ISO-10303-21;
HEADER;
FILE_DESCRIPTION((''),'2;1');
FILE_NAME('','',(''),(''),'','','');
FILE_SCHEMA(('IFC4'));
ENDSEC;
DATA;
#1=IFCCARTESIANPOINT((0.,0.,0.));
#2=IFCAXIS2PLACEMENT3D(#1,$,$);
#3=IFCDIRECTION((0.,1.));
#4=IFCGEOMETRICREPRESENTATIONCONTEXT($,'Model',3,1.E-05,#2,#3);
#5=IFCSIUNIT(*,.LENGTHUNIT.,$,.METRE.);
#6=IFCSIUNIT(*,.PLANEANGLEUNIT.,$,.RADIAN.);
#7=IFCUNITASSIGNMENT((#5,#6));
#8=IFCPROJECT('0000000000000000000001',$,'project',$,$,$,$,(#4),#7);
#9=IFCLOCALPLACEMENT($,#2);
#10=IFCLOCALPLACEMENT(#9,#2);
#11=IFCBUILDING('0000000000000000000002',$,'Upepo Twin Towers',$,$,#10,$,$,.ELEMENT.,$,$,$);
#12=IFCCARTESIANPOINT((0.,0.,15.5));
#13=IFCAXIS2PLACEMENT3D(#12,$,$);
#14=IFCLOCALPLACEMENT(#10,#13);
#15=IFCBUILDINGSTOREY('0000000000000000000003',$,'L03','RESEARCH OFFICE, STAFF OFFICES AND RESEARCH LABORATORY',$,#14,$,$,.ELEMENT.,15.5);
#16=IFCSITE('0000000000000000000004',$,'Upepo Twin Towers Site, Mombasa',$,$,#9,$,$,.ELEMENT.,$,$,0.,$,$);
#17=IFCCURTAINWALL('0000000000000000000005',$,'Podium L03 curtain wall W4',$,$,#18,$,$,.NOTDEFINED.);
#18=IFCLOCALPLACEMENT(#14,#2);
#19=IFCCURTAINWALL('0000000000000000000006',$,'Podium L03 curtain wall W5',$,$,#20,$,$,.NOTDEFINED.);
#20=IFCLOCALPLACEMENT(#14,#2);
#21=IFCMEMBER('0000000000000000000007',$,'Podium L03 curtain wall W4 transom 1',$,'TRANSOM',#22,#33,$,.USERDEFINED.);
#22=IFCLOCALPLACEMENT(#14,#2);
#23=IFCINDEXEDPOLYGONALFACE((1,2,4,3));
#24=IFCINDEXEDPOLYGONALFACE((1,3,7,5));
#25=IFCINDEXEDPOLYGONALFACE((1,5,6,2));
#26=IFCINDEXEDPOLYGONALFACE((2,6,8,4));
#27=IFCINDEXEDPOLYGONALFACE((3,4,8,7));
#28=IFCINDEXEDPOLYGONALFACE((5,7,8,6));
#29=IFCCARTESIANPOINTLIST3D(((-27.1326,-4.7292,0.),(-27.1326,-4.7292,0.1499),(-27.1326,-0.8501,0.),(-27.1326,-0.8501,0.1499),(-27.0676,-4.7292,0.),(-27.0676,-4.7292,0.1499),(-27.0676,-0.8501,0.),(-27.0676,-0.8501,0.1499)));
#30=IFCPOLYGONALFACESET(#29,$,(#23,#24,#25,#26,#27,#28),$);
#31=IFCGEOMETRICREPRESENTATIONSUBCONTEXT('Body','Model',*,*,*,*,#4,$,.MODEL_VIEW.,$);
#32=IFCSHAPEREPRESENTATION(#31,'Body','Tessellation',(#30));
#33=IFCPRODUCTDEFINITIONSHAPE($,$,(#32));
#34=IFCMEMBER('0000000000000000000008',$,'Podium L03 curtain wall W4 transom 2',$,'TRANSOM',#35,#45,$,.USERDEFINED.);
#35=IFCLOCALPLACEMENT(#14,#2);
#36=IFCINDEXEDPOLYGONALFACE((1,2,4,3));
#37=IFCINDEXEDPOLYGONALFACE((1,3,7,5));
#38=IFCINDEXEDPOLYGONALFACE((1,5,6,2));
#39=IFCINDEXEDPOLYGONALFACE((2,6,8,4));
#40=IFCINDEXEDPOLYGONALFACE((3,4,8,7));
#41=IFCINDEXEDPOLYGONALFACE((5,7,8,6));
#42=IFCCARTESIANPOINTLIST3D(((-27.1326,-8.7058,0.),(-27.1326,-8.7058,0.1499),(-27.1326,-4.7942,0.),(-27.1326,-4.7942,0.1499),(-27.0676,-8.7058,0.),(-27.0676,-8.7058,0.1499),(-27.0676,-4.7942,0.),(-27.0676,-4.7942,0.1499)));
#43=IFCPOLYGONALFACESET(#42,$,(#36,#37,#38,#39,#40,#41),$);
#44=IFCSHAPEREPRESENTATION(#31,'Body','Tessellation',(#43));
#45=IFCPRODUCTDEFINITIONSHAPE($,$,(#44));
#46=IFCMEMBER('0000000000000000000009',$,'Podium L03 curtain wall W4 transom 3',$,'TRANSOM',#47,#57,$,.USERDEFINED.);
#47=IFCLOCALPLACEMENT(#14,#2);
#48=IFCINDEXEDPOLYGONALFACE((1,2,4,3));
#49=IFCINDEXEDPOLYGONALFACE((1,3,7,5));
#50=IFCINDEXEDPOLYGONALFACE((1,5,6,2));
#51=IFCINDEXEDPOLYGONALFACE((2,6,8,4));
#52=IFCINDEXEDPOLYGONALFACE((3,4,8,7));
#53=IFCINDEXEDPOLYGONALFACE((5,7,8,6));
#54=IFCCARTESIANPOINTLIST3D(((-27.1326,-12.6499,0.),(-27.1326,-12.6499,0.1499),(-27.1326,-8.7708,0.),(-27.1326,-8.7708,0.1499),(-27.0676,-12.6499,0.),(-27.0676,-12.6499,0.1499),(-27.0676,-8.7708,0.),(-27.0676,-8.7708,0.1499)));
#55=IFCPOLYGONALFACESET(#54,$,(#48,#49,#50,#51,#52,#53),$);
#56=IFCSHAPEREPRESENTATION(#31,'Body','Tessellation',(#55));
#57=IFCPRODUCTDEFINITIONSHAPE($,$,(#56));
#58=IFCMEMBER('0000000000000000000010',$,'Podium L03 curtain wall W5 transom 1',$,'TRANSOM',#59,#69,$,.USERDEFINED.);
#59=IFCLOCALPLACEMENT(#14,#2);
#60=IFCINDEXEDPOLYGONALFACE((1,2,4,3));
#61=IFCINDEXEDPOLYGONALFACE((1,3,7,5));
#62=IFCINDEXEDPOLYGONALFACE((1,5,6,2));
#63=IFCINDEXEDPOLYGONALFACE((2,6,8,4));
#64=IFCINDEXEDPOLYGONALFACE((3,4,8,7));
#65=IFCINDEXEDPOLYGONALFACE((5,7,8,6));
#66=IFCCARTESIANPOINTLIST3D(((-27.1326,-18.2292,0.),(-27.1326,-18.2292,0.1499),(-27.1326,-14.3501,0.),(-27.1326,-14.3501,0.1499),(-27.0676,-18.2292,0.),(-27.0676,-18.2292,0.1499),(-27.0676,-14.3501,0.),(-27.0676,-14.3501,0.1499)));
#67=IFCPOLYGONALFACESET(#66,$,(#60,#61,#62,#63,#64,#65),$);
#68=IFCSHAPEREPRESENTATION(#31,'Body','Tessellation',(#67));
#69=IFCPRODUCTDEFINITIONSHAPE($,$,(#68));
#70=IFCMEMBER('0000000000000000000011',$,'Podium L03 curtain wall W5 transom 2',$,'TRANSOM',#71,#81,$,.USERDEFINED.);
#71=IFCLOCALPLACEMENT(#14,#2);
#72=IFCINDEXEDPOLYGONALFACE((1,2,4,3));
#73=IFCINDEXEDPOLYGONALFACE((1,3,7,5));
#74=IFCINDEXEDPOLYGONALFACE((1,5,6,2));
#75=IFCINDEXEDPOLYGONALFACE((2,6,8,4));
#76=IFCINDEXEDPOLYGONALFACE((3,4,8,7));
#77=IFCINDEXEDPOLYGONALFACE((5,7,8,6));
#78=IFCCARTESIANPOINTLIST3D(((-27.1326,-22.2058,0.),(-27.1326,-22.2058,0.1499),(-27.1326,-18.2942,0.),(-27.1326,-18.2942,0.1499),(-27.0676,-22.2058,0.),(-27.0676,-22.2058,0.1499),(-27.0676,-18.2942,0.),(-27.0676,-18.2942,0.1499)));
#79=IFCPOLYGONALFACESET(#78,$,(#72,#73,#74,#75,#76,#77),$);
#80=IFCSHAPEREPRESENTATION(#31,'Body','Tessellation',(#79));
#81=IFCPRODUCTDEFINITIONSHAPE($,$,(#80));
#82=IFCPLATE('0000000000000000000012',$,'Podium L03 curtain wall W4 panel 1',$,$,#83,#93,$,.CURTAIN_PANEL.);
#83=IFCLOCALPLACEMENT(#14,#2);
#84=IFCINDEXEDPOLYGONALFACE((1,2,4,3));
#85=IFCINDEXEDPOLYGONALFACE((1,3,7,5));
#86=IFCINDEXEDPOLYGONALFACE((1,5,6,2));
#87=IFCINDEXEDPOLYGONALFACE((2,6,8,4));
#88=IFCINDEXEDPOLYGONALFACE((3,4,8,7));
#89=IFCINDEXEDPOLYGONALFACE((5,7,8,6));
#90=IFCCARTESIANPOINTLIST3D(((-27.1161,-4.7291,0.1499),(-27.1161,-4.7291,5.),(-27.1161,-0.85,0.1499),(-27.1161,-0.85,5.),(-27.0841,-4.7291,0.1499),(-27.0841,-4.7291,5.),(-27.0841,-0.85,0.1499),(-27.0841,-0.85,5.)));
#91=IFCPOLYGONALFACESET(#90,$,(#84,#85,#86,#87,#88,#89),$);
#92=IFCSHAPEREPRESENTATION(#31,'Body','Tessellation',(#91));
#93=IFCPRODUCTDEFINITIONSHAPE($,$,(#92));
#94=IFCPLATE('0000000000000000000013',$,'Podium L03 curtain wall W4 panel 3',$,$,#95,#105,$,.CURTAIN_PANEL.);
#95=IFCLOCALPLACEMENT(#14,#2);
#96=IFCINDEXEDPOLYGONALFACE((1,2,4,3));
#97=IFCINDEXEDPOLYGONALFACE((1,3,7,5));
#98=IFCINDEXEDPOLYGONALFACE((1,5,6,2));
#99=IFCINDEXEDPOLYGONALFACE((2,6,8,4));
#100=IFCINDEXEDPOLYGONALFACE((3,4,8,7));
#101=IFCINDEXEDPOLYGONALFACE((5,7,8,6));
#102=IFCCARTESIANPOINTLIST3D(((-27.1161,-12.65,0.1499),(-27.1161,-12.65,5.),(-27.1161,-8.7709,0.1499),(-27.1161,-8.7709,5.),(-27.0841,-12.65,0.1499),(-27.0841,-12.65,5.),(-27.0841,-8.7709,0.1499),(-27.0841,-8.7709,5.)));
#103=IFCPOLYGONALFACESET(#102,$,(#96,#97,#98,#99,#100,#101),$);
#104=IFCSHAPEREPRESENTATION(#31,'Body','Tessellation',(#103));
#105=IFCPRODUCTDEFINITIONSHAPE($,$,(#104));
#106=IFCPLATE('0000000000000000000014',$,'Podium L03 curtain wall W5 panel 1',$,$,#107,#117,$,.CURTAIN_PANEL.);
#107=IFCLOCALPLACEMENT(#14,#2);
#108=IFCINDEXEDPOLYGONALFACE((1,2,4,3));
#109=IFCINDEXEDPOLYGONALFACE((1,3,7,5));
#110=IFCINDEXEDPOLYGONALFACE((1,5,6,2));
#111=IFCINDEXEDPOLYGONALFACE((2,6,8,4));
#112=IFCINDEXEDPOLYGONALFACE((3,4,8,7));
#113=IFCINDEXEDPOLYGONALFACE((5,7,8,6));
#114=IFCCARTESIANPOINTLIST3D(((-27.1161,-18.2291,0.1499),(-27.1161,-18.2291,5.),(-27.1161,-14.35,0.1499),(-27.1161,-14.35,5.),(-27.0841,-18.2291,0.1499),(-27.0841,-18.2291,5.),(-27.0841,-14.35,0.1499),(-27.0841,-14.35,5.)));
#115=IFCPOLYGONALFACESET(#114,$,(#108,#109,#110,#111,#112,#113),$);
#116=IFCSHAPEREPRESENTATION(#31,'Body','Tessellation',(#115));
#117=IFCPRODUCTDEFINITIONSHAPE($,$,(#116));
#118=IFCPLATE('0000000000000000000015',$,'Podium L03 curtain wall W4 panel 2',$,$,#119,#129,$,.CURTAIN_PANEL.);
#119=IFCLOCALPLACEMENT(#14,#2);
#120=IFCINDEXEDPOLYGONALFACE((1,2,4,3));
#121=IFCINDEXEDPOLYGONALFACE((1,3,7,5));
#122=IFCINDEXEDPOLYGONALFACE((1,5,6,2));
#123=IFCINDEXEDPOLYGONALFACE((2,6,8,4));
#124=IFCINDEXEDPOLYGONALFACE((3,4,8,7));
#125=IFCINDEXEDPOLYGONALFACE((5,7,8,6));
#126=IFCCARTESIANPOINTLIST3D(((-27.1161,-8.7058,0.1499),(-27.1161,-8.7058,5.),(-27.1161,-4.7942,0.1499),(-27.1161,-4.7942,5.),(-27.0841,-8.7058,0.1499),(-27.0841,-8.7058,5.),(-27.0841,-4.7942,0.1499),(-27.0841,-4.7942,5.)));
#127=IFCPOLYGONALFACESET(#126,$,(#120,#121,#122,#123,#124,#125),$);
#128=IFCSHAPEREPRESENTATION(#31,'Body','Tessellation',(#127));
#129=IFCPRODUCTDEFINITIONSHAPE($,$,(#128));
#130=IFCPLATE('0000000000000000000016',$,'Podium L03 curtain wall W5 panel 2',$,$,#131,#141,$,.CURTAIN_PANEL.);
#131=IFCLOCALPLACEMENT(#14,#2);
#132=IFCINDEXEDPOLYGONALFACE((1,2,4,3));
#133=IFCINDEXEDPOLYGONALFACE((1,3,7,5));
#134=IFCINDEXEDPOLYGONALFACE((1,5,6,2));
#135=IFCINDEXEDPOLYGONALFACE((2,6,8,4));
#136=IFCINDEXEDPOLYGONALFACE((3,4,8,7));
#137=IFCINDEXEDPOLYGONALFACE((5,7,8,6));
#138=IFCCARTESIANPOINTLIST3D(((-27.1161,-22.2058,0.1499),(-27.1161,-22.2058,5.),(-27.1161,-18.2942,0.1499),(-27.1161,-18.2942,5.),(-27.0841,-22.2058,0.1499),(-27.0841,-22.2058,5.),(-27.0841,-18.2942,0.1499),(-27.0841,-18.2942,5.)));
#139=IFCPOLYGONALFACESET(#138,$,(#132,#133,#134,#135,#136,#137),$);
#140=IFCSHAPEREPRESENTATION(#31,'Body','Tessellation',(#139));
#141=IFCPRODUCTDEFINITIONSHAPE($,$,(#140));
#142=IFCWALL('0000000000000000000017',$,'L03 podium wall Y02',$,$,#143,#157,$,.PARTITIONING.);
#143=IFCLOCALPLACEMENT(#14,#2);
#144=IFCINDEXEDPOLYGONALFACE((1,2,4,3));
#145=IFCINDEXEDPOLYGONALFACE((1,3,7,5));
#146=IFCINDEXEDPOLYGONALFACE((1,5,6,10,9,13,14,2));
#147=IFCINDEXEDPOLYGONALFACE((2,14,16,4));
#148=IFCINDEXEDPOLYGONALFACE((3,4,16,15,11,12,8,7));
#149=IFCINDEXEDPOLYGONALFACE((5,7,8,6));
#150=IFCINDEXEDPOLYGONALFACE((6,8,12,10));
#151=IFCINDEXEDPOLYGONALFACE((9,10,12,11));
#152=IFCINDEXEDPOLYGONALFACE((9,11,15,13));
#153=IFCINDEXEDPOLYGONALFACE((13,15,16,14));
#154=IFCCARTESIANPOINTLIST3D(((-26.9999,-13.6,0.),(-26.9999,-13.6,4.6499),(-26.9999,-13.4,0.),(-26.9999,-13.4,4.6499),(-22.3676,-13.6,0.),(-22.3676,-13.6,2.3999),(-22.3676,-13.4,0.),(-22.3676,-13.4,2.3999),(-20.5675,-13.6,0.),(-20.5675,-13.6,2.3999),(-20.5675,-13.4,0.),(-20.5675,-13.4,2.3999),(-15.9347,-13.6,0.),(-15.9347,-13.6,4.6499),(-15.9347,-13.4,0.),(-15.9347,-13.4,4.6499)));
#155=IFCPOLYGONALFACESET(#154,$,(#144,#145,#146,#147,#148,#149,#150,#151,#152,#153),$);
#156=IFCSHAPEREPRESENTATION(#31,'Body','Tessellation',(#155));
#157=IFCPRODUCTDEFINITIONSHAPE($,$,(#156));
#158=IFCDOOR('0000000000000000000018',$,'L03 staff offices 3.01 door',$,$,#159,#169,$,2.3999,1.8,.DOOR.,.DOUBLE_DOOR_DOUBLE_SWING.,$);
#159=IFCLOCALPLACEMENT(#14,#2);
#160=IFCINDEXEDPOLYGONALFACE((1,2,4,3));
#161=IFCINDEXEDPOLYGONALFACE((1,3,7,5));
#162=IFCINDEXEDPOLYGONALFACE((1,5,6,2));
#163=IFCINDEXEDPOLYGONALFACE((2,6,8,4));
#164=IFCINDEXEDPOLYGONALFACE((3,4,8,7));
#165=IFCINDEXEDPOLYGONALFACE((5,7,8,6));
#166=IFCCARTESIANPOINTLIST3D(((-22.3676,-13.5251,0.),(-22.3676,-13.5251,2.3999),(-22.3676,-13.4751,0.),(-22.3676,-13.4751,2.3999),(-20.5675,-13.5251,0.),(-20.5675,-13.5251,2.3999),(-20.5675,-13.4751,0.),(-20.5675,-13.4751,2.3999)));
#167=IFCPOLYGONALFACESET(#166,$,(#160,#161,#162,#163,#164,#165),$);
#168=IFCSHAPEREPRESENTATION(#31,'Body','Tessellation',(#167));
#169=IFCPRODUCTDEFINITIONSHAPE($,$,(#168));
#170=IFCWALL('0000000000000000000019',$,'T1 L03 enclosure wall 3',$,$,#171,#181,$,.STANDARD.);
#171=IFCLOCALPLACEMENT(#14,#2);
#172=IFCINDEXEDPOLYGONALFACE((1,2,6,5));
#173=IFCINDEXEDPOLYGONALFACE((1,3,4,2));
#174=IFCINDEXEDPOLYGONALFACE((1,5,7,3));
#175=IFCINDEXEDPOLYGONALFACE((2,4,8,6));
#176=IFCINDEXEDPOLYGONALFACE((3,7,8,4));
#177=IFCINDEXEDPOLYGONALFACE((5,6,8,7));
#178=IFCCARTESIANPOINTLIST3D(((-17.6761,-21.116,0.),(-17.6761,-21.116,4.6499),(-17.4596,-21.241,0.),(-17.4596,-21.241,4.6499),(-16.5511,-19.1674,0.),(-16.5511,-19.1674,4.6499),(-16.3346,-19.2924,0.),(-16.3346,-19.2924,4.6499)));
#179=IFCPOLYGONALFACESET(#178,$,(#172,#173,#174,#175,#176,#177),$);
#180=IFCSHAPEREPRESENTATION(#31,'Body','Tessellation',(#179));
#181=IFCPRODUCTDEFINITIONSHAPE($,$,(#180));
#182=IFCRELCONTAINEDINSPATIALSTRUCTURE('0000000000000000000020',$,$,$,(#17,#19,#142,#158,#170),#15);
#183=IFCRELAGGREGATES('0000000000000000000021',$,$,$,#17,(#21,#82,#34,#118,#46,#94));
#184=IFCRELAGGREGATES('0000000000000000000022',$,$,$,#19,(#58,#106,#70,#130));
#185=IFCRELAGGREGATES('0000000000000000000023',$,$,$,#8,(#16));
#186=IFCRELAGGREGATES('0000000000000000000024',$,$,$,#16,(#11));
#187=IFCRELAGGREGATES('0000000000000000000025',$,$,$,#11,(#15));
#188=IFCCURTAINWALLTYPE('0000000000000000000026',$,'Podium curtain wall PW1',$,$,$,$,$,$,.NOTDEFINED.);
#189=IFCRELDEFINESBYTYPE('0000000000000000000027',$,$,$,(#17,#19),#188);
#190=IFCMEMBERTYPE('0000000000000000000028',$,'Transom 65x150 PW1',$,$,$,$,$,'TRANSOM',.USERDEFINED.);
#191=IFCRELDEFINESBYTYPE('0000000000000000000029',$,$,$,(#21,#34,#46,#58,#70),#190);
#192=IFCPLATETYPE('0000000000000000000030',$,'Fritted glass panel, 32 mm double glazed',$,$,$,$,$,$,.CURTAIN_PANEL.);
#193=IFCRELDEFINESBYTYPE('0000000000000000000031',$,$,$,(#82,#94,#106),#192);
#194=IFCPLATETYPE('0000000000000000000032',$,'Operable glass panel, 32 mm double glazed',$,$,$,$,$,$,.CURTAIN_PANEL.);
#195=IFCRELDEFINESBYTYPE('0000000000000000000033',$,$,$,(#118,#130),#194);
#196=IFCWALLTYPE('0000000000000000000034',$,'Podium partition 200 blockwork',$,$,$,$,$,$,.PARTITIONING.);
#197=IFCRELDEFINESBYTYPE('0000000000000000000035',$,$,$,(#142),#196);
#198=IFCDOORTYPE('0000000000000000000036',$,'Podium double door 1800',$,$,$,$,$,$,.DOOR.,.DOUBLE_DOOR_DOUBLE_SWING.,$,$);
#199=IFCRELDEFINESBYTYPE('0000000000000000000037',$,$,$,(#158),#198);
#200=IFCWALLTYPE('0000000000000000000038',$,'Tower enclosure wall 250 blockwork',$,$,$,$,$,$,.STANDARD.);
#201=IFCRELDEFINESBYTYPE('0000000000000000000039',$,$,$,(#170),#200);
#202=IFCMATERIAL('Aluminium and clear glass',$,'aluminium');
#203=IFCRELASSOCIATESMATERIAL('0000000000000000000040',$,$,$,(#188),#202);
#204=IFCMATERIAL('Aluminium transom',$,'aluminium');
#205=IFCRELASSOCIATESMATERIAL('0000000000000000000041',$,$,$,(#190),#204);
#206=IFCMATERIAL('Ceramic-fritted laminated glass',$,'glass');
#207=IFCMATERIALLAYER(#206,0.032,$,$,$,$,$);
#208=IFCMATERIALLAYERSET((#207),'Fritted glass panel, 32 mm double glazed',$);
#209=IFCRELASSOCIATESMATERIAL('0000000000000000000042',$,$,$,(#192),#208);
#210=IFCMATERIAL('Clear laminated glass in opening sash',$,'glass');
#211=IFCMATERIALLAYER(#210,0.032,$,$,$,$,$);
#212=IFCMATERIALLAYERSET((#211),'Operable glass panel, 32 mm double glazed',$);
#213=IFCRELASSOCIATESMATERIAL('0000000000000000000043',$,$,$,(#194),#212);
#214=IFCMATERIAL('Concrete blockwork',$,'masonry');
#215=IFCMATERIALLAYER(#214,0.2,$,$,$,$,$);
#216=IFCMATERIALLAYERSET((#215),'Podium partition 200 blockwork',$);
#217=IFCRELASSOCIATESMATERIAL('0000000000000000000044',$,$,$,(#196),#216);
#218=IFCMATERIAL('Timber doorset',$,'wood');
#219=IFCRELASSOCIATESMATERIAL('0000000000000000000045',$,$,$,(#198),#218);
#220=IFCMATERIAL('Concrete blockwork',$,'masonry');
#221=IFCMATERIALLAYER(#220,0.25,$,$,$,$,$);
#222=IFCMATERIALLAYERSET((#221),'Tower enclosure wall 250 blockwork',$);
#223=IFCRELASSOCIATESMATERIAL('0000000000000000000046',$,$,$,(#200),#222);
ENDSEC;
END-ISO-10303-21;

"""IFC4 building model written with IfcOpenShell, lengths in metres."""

from ifc_helpers import new_model, si_unit, direction, frame, frame_2d, origin, origin_2d, place, context, subcontext, project, spatial, rectangle, extrude, material, layer, layer_set, material_profile, profile_set, type_object, element, fill, aggregate, save


model = new_model("IFC4")

# Units and contexts
model_context = context("Model", 3, precision=1e-05, world=origin(), true_north=direction((0.0, 1.0)))
body_context = subcontext(model_context, "Body", "Model", "MODEL_VIEW")
ifc_project = project(units=[si_unit("LENGTHUNIT", "METRE"), si_unit("PLANEANGLEUNIT", "RADIAN")], contexts=[model_context])

# Site, building, storey
site_placement = place(None, origin())
site = spatial("IfcSite", under=ifc_project, at=site_placement, Name="Upepo Twin Towers Site, Mombasa", CompositionType="ELEMENT", RefElevation=0.0)
building_placement = place(site_placement, origin())
building = spatial("IfcBuilding", under=site, at=building_placement, Name="Upepo Twin Towers", CompositionType="ELEMENT")
storey_placement = place(building_placement, frame((0.0, 0.0, 15.5)))
storey = spatial("IfcBuildingStorey", under=building, at=storey_placement, Name="L03", Description="RESEARCH OFFICE, STAFF OFFICES AND RESEARCH LABORATORY", CompositionType="ELEMENT", Elevation=15.5)

# Curtain walls
ifc_material_1 = material(Name="Aluminium and clear glass", Category="aluminium")
curtain_wall_type = type_object("IfcCurtainWallType", Name="Podium curtain wall PW1", PredefinedType="NOTDEFINED", material=ifc_material_1)
curtain_wall_1_placement = place(storey_placement, origin())
curtain_wall_1 = element("IfcCurtainWall", 1, at=curtain_wall_1_placement, inside=storey, type_object=curtain_wall_type, Name="Podium L03 curtain wall W4", PredefinedType="NOTDEFINED")
curtain_wall_2_placement = place(storey_placement, origin())
curtain_wall_2 = element("IfcCurtainWall", 2, at=curtain_wall_2_placement, inside=storey, type_object=curtain_wall_type, Name="Podium L03 curtain wall W5", PredefinedType="NOTDEFINED")

# Members
ifc_material_2 = material(Name="Aluminium transom", Category="aluminium")
ifc_material_profile_1 = material_profile(ifc_material_2, rectangle(XDim=0.0649, YDim=0.1499, at=origin_2d()), Name="TRANSOM 65x150 PODIUM")
ifc_profile_set_1 = profile_set([ifc_material_profile_1], Name="Aluminium transom")
member_type_1 = type_object("IfcMemberType", Name="Transom 65x150 PW1", ElementType="TRANSOM", PredefinedType="USERDEFINED", material=ifc_profile_set_1)
member_1_placement = place(storey_placement, frame((-27.1001, -0.8501, 0.075), z_axis=(0.0, -1.0, 0.0), x_axis=(1.0, 0.0, 0.0)))
member_1 = element("IfcMember", 3, at=member_1_placement, type_object=member_type_1, Name="Podium L03 curtain wall W4 transom 1", ObjectType="TRANSOM", PredefinedType="USERDEFINED", context=body_context, shape_type="SweptSolid", body=[
    extrude(rectangle(XDim=0.0649, YDim=0.1499, at=origin_2d()), origin(), (0.0, 0.0, 1.0), 3.8792),
])
member_2_placement = place(storey_placement, frame((-27.1001, -4.7942, 0.075), z_axis=(0.0, -1.0, 0.0), x_axis=(1.0, 0.0, 0.0)))
member_2 = element("IfcMember", 4, at=member_2_placement, type_object=member_type_1, Name="Podium L03 curtain wall W4 transom 2", ObjectType="TRANSOM", PredefinedType="USERDEFINED", context=body_context, shape_type="SweptSolid", body=[
    extrude(rectangle(XDim=0.0649, YDim=0.1499, at=origin_2d()), origin(), (0.0, 0.0, 1.0), 3.9116),
])
member_3_placement = place(storey_placement, frame((-27.1001, -8.7708, 0.075), z_axis=(0.0, -1.0, 0.0), x_axis=(1.0, 0.0, 0.0)))
member_3 = element("IfcMember", 5, at=member_3_placement, type_object=member_type_1, Name="Podium L03 curtain wall W4 transom 3", ObjectType="TRANSOM", PredefinedType="USERDEFINED", context=body_context, shape_type="SweptSolid", body=[
    extrude(rectangle(XDim=0.0649, YDim=0.1499, at=origin_2d()), origin(), (0.0, 0.0, 1.0), 3.8792),
])
member_4_placement = place(storey_placement, frame((-27.1001, -14.3501, 0.075), z_axis=(0.0, -1.0, 0.0), x_axis=(1.0, 0.0, 0.0)))
member_4 = element("IfcMember", 6, at=member_4_placement, type_object=member_type_1, Name="Podium L03 curtain wall W5 transom 1", ObjectType="TRANSOM", PredefinedType="USERDEFINED", context=body_context, shape_type="SweptSolid", body=[
    extrude(rectangle(XDim=0.0649, YDim=0.1499, at=origin_2d()), origin(), (0.0, 0.0, 1.0), 3.8792),
])
member_5_placement = place(storey_placement, frame((-27.1001, -18.2942, 0.075), z_axis=(0.0, -1.0, 0.0), x_axis=(1.0, 0.0, 0.0)))
member_5 = element("IfcMember", 7, at=member_5_placement, type_object=member_type_1, Name="Podium L03 curtain wall W5 transom 2", ObjectType="TRANSOM", PredefinedType="USERDEFINED", context=body_context, shape_type="SweptSolid", body=[
    extrude(rectangle(XDim=0.0649, YDim=0.1499, at=origin_2d()), origin(), (0.0, 0.0, 1.0), 3.9116),
])

# Plates
ifc_material_3 = material(Name="Ceramic-fritted laminated glass", Category="glass")
ifc_layer_1 = layer(ifc_material_3, 0.032)
ifc_layer_set_1 = layer_set([ifc_layer_1], Name="Fritted glass panel, 32 mm double glazed")
plate_type_1 = type_object("IfcPlateType", Name="Fritted glass panel, 32 mm double glazed", PredefinedType="CURTAIN_PANEL", material=ifc_layer_set_1)
plate_1_placement = place(storey_placement, frame((-27.1001, -2.7896, 0.1499), z_axis=(0.0, 0.0, 1.0), x_axis=(0.0, -1.0, 0.0)))
plate_1 = element("IfcPlate", 8, at=plate_1_placement, type_object=plate_type_1, Name="Podium L03 curtain wall W4 panel 1", PredefinedType="CURTAIN_PANEL", context=body_context, shape_type="SweptSolid", body=[
    extrude(rectangle(XDim=3.8792, YDim=0.032, at=origin_2d()), origin(), (0.0, 0.0, 1.0), 4.8501),
])
plate_2_placement = place(storey_placement, frame((-27.1001, -10.7104, 0.1499), z_axis=(0.0, 0.0, 1.0), x_axis=(0.0, -1.0, 0.0)))
plate_2 = element("IfcPlate", 9, at=plate_2_placement, type_object=plate_type_1, Name="Podium L03 curtain wall W4 panel 3", PredefinedType="CURTAIN_PANEL", context=body_context, shape_type="SweptSolid", body=[
    extrude(rectangle(XDim=3.8792, YDim=0.032, at=origin_2d()), origin(), (0.0, 0.0, 1.0), 4.8501),
])
plate_3_placement = place(storey_placement, frame((-27.1001, -16.2896, 0.1499), z_axis=(0.0, 0.0, 1.0), x_axis=(0.0, -1.0, 0.0)))
plate_3 = element("IfcPlate", 10, at=plate_3_placement, type_object=plate_type_1, Name="Podium L03 curtain wall W5 panel 1", PredefinedType="CURTAIN_PANEL", context=body_context, shape_type="SweptSolid", body=[
    extrude(rectangle(XDim=3.8792, YDim=0.032, at=origin_2d()), origin(), (0.0, 0.0, 1.0), 4.8501),
])
ifc_material_4 = material(Name="Clear laminated glass in opening sash", Category="glass")
ifc_layer_2 = layer(ifc_material_4, 0.032)
ifc_layer_set_2 = layer_set([ifc_layer_2], Name="Operable glass panel, 32 mm double glazed")
plate_type_2 = type_object("IfcPlateType", Name="Operable glass panel, 32 mm double glazed", PredefinedType="CURTAIN_PANEL", material=ifc_layer_set_2)
plate_4_placement = place(storey_placement, frame((-27.1001, -6.75, 0.1499), z_axis=(0.0, 0.0, 1.0), x_axis=(0.0, -1.0, 0.0)))
plate_4 = element("IfcPlate", 11, at=plate_4_placement, type_object=plate_type_2, Name="Podium L03 curtain wall W4 panel 2", PredefinedType="CURTAIN_PANEL", context=body_context, shape_type="SweptSolid", body=[
    extrude(rectangle(XDim=3.9116, YDim=0.032, at=origin_2d()), origin(), (0.0, 0.0, 1.0), 4.8501),
])
aggregate(curtain_wall_1, [member_1, plate_1, member_2, plate_4, member_3, plate_2])
plate_5_placement = place(storey_placement, frame((-27.1001, -20.25, 0.1499), z_axis=(0.0, 0.0, 1.0), x_axis=(0.0, -1.0, 0.0)))
plate_5 = element("IfcPlate", 12, at=plate_5_placement, type_object=plate_type_2, Name="Podium L03 curtain wall W5 panel 2", PredefinedType="CURTAIN_PANEL", context=body_context, shape_type="SweptSolid", body=[
    extrude(rectangle(XDim=3.9116, YDim=0.032, at=origin_2d()), origin(), (0.0, 0.0, 1.0), 4.8501),
])
aggregate(curtain_wall_2, [member_4, plate_3, member_5, plate_5])

# Wall, opening, door
ifc_material_5 = material(Name="Concrete blockwork", Category="masonry")
ifc_layer_3 = layer(ifc_material_5, 0.2)
ifc_layer_set_3 = layer_set([ifc_layer_3], Name="Podium partition 200 blockwork")
wall_type_1 = type_object("IfcWallType", Name="Podium partition 200 blockwork", PredefinedType="PARTITIONING", material=ifc_layer_set_3)
wall_1_placement = place(storey_placement, frame((-27.0, -13.5, 0.0), z_axis=(0.0, 0.0, 1.0), x_axis=(1.0, 0.0, 0.0)))
wall_1 = element("IfcWall", 13, at=wall_1_placement, inside=storey, type_object=wall_type_1, Name="L03 podium wall Y02", PredefinedType="PARTITIONING", context=body_context, shape_type="SweptSolid", body=[
    extrude(rectangle(XDim=11.0652, YDim=0.2, at=frame_2d((5.5327, 0.0))), origin(), (0.0, 0.0, 1.0), 4.6499),
])
opening_placement = place(wall_1_placement, frame((4.6326, 0.0, 0.0)))
opening = element("IfcOpeningElement", 14, at=opening_placement, cuts=wall_1, PredefinedType="OPENING", context=body_context, shape_type="SweptSolid", body=[
    extrude(rectangle(XDim=1.8, YDim=2.3999, at=frame_2d((0.8999, 1.2))), frame((0.0, 0.1099, 0.0), z_axis=(0.0, -1.0, 0.0), x_axis=(1.0, 0.0, 0.0)), (0.0, 0.0, 1.0), 0.22),
])
ifc_material_6 = material(Name="Timber doorset", Category="wood")
door_type = type_object("IfcDoorType", Name="Podium double door 1800", OperationType="DOUBLE_DOOR_DOUBLE_SWING", PredefinedType="DOOR", material=ifc_material_6)
door_placement = place(opening_placement, origin())
door = element("IfcDoor", 15, at=door_placement, inside=storey, type_object=door_type, Name="L03 staff offices 3.01 door", OperationType="DOUBLE_DOOR_DOUBLE_SWING", OverallHeight=2.3999, OverallWidth=1.8, PredefinedType="DOOR", context=body_context, shape_type="SweptSolid", body=[
    extrude(rectangle(XDim=1.8, YDim=2.3999, at=frame_2d((0.8999, 1.2))), frame((0.0, 0.0249, 0.0), z_axis=(0.0, -1.0, 0.0), x_axis=(1.0, 0.0, 0.0)), (0.0, 0.0, 1.0), 0.05),
])
fill(opening, door)

# Wall
ifc_material_7 = material(Name="Concrete blockwork", Category="masonry")
ifc_layer_4 = layer(ifc_material_7, 0.25)
ifc_layer_set_4 = layer_set([ifc_layer_4], Name="Tower enclosure wall 250 blockwork")
wall_type_2 = type_object("IfcWallType", Name="Tower enclosure wall 250 blockwork", PredefinedType="STANDARD", material=ifc_layer_set_4)
for number, where, z_axis, x_axis, name in (
    (16, (-17.5679, -21.1785, 0.0), (0.0, 0.0, 1.0), (0.500014, 0.866018, 0.0), "T1 L03 enclosure wall 3"),
):
    element("IfcWall", number, at=place(storey_placement, frame(where, z_axis=z_axis, x_axis=x_axis)), inside=storey, type_object=wall_type_2, Name=name, PredefinedType="STANDARD", context=body_context, shape_type="SweptSolid", body=[
        extrude(rectangle(XDim=2.25, YDim=0.25, at=frame_2d((1.125, 0.0))), origin(), (0.0, 0.0, 1.0), 4.6499),
    ])

save(model, "model.ifc")
